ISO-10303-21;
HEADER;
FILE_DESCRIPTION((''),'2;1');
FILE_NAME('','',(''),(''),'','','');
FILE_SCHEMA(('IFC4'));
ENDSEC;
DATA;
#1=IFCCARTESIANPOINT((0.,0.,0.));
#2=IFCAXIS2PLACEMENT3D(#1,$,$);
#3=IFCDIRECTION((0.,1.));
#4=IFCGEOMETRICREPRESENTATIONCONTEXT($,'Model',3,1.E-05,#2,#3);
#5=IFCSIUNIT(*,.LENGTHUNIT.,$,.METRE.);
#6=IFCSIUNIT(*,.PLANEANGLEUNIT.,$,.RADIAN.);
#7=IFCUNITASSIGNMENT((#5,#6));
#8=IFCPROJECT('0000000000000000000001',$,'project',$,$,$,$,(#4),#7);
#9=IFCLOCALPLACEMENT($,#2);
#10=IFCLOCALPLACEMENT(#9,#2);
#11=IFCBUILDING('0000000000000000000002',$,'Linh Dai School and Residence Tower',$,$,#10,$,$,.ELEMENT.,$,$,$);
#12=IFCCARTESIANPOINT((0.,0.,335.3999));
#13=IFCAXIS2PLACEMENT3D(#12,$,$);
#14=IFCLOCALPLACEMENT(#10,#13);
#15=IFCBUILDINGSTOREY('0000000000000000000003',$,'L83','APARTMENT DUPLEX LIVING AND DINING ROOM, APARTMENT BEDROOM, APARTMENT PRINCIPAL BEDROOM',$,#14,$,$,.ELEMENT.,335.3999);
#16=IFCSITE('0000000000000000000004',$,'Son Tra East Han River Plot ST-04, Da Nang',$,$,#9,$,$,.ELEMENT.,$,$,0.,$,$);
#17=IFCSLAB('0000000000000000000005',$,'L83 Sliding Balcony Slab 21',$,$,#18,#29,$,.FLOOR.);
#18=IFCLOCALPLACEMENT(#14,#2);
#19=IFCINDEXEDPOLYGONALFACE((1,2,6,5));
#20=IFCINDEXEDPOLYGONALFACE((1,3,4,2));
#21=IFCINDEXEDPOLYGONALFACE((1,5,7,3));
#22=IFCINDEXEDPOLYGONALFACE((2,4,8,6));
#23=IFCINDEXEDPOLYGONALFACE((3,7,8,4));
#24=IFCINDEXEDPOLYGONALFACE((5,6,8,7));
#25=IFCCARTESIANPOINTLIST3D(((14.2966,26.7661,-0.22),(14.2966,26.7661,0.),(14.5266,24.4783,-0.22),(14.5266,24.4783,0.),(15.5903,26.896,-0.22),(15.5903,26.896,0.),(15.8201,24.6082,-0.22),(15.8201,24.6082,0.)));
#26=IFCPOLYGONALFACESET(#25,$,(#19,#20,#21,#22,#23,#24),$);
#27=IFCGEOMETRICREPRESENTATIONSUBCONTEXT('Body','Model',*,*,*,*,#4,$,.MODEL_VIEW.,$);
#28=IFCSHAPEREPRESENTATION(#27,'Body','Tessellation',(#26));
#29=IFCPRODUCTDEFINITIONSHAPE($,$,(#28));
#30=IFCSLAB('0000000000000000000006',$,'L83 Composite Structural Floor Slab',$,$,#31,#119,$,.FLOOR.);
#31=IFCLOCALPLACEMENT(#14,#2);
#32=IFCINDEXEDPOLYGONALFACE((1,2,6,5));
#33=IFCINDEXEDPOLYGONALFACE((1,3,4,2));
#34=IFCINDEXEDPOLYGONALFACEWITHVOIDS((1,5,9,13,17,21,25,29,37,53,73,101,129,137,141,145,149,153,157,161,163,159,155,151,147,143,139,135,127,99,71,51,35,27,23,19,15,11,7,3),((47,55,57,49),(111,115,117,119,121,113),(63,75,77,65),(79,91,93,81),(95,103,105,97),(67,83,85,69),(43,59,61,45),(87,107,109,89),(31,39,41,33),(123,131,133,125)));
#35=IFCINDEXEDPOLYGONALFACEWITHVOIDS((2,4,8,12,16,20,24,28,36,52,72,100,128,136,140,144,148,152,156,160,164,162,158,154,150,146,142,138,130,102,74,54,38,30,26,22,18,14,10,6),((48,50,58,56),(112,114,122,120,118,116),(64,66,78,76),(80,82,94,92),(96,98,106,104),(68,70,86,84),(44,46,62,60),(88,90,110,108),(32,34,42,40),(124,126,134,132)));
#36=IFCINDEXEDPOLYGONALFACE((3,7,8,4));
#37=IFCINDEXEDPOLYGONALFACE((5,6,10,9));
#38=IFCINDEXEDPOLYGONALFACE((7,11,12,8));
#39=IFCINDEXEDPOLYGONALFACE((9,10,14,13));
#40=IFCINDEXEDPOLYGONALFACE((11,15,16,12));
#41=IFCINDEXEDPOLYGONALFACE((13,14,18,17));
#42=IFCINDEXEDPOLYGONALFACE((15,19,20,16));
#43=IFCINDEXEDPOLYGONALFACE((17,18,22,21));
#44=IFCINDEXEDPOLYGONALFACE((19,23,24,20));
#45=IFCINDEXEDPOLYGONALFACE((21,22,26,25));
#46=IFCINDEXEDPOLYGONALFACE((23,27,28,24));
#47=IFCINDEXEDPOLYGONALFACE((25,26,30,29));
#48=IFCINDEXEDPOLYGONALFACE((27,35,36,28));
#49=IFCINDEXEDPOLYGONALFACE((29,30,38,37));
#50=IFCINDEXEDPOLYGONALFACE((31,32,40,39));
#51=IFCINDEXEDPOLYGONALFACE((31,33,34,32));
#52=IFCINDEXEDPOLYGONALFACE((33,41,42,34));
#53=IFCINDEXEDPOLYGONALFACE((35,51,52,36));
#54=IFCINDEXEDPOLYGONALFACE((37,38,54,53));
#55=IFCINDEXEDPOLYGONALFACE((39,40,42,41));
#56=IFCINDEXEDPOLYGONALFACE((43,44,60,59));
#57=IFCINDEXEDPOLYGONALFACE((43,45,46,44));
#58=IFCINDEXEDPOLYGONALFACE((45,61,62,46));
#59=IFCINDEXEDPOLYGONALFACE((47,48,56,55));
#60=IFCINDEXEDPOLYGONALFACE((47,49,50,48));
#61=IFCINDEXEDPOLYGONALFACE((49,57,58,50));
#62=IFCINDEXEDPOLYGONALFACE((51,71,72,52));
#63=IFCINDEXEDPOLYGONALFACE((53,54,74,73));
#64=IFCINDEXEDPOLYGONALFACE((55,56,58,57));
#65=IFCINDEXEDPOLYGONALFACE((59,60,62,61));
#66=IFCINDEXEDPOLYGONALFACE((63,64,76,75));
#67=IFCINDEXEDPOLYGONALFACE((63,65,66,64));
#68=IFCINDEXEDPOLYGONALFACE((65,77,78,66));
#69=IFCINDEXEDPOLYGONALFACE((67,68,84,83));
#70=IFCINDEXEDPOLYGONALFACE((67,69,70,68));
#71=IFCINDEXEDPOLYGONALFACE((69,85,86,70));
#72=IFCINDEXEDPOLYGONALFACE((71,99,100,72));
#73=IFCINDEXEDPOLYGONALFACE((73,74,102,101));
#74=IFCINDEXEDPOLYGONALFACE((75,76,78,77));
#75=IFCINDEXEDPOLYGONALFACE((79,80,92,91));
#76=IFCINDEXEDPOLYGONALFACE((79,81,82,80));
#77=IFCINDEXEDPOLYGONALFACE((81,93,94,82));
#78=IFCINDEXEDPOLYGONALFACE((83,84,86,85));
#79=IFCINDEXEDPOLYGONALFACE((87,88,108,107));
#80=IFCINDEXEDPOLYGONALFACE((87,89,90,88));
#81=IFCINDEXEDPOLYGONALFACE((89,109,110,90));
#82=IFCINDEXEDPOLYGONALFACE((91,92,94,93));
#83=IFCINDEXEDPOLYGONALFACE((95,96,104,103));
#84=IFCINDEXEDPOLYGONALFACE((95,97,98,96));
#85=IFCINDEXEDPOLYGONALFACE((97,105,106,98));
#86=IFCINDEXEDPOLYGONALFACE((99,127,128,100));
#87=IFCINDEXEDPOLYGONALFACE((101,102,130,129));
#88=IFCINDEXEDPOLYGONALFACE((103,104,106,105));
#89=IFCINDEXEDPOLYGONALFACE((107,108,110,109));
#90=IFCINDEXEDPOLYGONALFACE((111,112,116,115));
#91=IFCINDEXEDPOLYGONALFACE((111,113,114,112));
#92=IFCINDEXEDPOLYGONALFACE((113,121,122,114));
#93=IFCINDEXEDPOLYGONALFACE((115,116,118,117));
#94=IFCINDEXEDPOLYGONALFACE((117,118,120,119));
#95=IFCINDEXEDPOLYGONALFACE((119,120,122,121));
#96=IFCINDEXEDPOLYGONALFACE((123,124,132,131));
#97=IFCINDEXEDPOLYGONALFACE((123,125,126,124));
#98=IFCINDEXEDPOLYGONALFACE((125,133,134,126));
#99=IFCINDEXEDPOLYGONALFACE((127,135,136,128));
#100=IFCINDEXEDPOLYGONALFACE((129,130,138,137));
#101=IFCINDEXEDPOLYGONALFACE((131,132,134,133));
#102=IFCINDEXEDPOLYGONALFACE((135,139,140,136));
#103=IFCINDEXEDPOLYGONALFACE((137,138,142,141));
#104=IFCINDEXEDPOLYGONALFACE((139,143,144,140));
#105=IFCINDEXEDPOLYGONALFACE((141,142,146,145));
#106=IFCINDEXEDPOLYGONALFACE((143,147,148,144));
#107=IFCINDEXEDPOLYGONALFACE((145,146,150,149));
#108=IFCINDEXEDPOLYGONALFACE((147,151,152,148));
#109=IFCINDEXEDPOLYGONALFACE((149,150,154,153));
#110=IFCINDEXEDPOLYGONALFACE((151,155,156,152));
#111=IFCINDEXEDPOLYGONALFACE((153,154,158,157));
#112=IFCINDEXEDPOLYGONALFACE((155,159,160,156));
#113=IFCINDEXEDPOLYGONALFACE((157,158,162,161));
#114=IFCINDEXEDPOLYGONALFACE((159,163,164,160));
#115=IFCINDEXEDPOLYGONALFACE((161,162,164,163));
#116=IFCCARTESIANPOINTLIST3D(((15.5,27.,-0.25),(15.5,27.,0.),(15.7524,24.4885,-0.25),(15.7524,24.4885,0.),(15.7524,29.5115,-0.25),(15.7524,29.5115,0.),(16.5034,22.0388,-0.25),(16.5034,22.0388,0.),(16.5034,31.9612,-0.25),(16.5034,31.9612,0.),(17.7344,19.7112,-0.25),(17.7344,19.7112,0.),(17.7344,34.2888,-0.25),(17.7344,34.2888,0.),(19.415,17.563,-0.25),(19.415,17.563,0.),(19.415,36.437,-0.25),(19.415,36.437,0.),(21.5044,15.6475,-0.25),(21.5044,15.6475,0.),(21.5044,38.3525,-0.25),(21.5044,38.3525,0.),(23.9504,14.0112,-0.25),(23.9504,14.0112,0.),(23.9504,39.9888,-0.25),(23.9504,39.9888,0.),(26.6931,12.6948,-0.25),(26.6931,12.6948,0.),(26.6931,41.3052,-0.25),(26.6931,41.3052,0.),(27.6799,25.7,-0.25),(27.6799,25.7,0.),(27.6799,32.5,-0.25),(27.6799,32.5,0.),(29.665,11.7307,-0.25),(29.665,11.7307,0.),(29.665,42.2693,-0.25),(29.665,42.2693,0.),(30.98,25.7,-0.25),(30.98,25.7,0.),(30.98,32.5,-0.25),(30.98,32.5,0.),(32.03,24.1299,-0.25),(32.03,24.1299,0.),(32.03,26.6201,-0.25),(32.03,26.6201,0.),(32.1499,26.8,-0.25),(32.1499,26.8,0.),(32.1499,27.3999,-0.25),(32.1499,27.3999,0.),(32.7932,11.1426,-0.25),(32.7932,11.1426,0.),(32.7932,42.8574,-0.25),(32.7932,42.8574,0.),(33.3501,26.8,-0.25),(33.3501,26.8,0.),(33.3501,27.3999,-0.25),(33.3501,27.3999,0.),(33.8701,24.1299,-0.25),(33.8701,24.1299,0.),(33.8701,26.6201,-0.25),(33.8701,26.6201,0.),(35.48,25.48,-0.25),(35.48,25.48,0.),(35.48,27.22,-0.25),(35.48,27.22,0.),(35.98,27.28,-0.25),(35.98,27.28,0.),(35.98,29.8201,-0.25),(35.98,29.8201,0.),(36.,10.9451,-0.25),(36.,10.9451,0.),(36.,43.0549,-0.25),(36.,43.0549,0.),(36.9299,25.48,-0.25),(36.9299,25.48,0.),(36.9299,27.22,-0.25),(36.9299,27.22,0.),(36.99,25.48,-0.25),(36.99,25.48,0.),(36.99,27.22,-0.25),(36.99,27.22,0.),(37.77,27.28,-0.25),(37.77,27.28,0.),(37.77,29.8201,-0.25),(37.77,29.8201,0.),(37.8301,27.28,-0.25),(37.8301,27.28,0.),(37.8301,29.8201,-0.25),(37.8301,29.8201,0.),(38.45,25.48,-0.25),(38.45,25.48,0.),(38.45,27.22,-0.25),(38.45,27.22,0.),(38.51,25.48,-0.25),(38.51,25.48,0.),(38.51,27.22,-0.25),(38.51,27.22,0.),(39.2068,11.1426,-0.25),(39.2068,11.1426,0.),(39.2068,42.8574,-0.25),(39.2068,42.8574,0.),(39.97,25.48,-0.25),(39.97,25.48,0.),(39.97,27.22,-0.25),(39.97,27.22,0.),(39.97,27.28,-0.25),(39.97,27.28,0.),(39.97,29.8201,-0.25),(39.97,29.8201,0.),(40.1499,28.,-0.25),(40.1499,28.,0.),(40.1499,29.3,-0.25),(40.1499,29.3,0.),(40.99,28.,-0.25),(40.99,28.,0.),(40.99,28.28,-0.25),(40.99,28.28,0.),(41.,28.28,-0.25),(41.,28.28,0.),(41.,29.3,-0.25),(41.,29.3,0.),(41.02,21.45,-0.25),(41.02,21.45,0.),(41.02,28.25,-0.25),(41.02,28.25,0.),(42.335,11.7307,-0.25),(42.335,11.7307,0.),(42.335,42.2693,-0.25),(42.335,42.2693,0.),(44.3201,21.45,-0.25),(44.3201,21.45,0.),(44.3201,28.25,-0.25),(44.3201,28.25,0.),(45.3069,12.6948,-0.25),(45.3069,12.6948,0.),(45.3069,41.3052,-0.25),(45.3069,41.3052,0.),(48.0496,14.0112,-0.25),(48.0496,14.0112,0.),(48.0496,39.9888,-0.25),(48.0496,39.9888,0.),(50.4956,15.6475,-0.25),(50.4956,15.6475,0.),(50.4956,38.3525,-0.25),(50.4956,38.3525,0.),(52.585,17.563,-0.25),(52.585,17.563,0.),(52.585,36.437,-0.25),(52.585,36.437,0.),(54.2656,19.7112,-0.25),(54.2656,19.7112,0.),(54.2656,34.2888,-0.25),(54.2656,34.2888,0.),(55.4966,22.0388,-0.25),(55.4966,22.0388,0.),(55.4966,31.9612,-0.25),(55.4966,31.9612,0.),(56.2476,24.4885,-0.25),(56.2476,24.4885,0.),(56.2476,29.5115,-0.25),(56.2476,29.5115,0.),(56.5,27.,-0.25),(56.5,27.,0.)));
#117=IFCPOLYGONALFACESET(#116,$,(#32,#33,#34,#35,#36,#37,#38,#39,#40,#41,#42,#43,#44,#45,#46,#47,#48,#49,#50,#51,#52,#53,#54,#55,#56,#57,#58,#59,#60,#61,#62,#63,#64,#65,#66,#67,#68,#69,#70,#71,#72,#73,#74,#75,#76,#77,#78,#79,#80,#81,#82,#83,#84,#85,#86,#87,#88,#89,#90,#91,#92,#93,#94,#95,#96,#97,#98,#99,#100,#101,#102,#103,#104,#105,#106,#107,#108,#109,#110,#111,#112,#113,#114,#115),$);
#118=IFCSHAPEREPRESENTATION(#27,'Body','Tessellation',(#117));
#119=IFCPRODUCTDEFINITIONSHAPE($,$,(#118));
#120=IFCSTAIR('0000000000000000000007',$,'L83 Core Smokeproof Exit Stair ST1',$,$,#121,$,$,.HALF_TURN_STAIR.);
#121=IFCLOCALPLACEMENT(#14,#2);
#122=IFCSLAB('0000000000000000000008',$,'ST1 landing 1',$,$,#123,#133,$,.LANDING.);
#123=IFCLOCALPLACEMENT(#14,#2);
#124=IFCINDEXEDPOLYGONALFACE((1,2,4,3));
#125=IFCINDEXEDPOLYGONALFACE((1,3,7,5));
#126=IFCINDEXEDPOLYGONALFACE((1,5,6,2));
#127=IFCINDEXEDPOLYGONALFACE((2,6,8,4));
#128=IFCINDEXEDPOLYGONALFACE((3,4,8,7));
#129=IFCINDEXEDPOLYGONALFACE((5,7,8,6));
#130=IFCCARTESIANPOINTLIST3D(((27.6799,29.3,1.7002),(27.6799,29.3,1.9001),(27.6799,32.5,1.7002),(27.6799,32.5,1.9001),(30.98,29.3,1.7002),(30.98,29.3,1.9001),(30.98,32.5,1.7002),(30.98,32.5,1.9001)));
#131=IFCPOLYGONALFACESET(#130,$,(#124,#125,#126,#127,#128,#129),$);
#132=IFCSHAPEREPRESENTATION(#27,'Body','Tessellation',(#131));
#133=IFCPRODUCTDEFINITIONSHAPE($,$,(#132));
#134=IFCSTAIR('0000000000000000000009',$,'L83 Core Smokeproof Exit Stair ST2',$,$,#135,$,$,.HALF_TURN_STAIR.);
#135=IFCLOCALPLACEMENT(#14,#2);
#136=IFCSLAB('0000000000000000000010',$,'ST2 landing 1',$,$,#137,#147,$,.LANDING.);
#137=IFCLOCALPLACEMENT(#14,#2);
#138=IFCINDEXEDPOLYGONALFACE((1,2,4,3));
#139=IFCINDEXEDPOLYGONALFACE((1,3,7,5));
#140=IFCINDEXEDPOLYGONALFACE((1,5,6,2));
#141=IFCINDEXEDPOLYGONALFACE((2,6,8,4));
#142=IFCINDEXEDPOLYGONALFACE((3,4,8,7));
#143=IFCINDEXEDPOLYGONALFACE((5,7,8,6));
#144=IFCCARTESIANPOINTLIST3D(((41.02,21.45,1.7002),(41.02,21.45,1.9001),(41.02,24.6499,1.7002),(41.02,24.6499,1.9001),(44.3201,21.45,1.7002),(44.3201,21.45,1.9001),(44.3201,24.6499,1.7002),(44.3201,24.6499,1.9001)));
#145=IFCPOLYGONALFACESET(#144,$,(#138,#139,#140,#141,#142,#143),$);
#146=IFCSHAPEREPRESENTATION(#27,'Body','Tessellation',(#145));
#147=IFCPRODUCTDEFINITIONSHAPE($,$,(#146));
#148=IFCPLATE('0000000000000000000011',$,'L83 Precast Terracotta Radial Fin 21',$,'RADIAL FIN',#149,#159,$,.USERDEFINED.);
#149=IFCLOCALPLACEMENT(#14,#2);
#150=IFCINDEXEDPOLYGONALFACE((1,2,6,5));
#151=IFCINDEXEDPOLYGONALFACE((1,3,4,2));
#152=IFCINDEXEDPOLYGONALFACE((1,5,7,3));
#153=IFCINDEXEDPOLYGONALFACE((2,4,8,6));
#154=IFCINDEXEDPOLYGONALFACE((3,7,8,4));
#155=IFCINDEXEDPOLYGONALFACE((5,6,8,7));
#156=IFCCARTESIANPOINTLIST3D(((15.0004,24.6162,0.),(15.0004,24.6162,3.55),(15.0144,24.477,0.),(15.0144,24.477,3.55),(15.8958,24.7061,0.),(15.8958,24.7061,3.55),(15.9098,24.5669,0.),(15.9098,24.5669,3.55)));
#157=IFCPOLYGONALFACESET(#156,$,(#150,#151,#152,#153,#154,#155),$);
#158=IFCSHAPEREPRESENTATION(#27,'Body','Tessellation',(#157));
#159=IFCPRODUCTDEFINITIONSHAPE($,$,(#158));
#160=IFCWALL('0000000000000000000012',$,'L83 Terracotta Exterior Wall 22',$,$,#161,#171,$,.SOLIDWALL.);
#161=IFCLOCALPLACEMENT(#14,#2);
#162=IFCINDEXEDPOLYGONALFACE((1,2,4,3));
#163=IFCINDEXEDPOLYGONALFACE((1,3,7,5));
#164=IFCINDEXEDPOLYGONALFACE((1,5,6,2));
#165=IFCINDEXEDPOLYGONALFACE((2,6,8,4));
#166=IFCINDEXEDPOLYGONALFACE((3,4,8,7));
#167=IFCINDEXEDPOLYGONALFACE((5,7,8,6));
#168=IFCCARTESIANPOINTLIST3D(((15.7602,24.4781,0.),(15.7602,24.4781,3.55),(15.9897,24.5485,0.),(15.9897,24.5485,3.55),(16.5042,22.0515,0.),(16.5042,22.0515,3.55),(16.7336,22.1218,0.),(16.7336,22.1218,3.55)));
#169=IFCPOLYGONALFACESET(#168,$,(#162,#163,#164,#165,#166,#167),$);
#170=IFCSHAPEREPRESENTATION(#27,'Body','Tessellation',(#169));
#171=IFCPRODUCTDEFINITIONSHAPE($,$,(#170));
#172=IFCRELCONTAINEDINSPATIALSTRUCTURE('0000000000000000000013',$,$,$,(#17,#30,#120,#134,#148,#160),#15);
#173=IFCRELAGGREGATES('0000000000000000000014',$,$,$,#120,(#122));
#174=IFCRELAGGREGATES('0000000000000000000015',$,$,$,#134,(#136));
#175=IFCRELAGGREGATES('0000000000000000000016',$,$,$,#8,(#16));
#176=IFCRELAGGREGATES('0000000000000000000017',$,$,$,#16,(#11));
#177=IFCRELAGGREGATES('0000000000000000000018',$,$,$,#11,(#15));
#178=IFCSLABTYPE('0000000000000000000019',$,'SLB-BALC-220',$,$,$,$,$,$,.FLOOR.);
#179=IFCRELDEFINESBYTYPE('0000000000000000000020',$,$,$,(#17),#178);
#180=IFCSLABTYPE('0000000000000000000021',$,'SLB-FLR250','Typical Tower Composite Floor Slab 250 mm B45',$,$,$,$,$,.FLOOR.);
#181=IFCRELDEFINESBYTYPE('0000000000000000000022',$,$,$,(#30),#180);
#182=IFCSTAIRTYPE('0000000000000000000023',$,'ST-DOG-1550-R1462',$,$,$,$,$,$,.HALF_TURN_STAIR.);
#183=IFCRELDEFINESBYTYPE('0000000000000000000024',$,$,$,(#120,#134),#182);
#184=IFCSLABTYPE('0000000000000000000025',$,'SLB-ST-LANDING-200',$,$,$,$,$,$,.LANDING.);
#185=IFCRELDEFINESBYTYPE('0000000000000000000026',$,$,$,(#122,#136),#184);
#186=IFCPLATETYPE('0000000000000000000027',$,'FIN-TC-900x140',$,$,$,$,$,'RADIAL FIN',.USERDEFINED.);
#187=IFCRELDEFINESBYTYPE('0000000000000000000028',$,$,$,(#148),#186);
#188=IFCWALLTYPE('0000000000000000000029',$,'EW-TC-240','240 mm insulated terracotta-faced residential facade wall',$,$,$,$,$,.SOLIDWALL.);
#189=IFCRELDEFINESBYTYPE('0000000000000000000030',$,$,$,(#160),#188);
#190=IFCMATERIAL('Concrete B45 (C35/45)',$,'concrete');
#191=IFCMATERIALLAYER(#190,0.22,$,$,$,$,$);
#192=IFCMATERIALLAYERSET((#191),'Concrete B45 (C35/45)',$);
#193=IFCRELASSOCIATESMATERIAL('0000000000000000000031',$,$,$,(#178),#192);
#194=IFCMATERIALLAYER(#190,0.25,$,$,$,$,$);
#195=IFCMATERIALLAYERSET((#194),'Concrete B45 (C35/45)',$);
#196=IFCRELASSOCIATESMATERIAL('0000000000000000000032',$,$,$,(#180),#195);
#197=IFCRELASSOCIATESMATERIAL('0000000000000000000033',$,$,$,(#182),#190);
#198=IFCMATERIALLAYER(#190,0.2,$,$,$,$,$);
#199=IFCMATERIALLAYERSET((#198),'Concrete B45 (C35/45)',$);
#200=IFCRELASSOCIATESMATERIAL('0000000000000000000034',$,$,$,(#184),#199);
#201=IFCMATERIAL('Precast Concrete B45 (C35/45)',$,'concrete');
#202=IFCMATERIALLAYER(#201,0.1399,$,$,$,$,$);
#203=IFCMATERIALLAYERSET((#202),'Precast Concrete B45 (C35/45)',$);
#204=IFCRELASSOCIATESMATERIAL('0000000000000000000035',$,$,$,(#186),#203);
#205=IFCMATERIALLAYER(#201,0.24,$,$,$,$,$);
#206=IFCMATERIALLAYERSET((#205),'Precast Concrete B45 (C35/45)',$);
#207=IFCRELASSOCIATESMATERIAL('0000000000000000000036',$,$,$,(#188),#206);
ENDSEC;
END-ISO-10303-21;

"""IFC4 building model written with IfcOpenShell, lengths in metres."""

from ifc_helpers import new_model, si_unit, direction, frame, frame_2d, origin, origin_2d, place, context, subcontext, project, spatial, polyline, rectangle, outline, extrude, source, transform, mapped, material, layer, layer_set, type_object, element, aggregate, save


model = new_model("IFC4")

# Units and contexts
model_context = context("Model", 3, precision=1e-05, world=origin(), true_north=direction((0.0, 1.0)))
body_context = subcontext(model_context, "Body", "Model", "MODEL_VIEW")
ifc_project = project(units=[si_unit("LENGTHUNIT", "METRE"), si_unit("PLANEANGLEUNIT", "RADIAN")], contexts=[model_context])

# Site, building, storey
site_placement = place(None, origin())
site = spatial("IfcSite", under=ifc_project, at=site_placement, Name="Son Tra East Han River Plot ST-04, Da Nang", CompositionType="ELEMENT", RefElevation=0.0)
building_placement = place(site_placement, origin())
building = spatial("IfcBuilding", under=site, at=building_placement, Name="Linh Dai School and Residence Tower", CompositionType="ELEMENT")
storey_placement = place(building_placement, frame((0.0, 0.0, 335.3999)))
storey = spatial("IfcBuildingStorey", under=building, at=storey_placement, Name="L83", Description="APARTMENT DUPLEX LIVING AND DINING ROOM, APARTMENT BEDROOM, APARTMENT PRINCIPAL BEDROOM", CompositionType="ELEMENT", Elevation=335.3999)

# Slabs
ifc_material_1 = material(Name="Concrete B45 (C35/45)", Category="concrete")
ifc_layer_1 = layer(ifc_material_1, 0.22)
ifc_layer_set_1 = layer_set([ifc_layer_1], Name="Concrete B45 (C35/45)")
slab_type_1 = type_object("IfcSlabType", Name="SLB-BALC-220", PredefinedType="FLOOR", material=ifc_layer_set_1)
slab_1_placement = place(storey_placement, frame((0.0, 0.0, -0.22)))
element("IfcSlab", 1, at=slab_1_placement, inside=storey, type_object=slab_type_1, Name="L83 Sliding Balcony Slab 21", PredefinedType="FLOOR", context=body_context, shape_type="SweptSolid", body=[
    extrude(outline(polyline([(15.8201, 24.6082), (15.5903, 26.896), (14.2966, 26.7661), (14.5266, 24.4783), (15.8201, 24.6082)])), origin(), (0.0, 0.0, 1.0), 0.22),
])
ifc_layer_2 = layer(ifc_material_1, 0.25)
ifc_layer_set_2 = layer_set([ifc_layer_2], Name="Concrete B45 (C35/45)")
slab_type_2 = type_object("IfcSlabType", Name="SLB-FLR250", Description="Typical Tower Composite Floor Slab 250 mm B45", PredefinedType="FLOOR", material=ifc_layer_set_2)
slab_2_placement = place(storey_placement, frame((0.0, 0.0, -0.25)))
element("IfcSlab", 2, at=slab_2_placement, inside=storey, type_object=slab_type_2, Name="L83 Composite Structural Floor Slab", PredefinedType="FLOOR", context=body_context, shape_type="SweptSolid", body=[
    extrude(outline(polyline([(56.5, 27.0), (56.2476, 29.5115), (55.4966, 31.9612), (54.2656, 34.2888), (52.585, 36.437), (50.4956, 38.3525), (48.0496, 39.9888), (45.3069, 41.3052), (42.335, 42.2693), (39.2068, 42.8574), (36.0, 43.0549), (32.7932, 42.8574), (29.665, 42.2693), (26.6931, 41.3052), (23.9504, 39.9888), (21.5044, 38.3525), (19.415, 36.437), (17.7344, 34.2888), (16.5034, 31.9612), (15.7524, 29.5115), (15.5, 27.0), (15.7524, 24.4885), (16.5034, 22.0388), (17.7344, 19.7112), (19.415, 17.563), (21.5044, 15.6475), (23.9504, 14.0112), (26.6931, 12.6948), (29.665, 11.7307), (32.7932, 11.1426), (36.0, 10.9451), (39.2068, 11.1426), (42.335, 11.7307), (45.3069, 12.6948), (48.0496, 14.0112), (50.4956, 15.6475), (52.585, 17.563), (54.2656, 19.7112), (55.4966, 22.0388), (56.2476, 24.4885), (56.5, 27.0)]), holes=[polyline([(30.98, 25.7), (30.98, 32.5), (27.6799, 32.5), (27.6799, 25.7), (30.98, 25.7)]), polyline([(41.02, 28.25), (41.02, 21.45), (44.3201, 21.45), (44.3201, 28.25), (41.02, 28.25)]), polyline([(35.98, 27.28), (37.77, 27.28), (37.77, 29.8201), (35.98, 29.8201), (35.98, 27.28)]), polyline([(32.03, 24.1299), (33.8701, 24.1299), (33.8701, 26.6201), (32.03, 26.6201), (32.03, 24.1299)]), polyline([(37.8301, 27.28), (39.97, 27.28), (39.97, 29.8201), (37.8301, 29.8201), (37.8301, 27.28)]), polyline([(35.48, 25.48), (36.9299, 25.48), (36.9299, 27.22), (35.48, 27.22), (35.48, 25.48)]), polyline([(36.99, 25.48), (38.45, 25.48), (38.45, 27.22), (36.99, 27.22), (36.99, 25.48)]), polyline([(38.51, 25.48), (39.97, 25.48), (39.97, 27.22), (38.51, 27.22), (38.51, 25.48)]), polyline([(40.1499, 28.0), (40.1499, 29.3), (41.0, 29.3), (41.0, 28.28), (40.99, 28.28), (40.99, 28.0), (40.1499, 28.0)]), polyline([(32.1499, 26.8), (33.3501, 26.8), (33.3501, 27.3999), (32.1499, 27.3999), (32.1499, 26.8)])]), origin(), (0.0, 0.0, 1.0), 0.25),
])

# Stairs, slabs
stair_type = type_object("IfcStairType", Name="ST-DOG-1550-R1462", PredefinedType="HALF_TURN_STAIR", material=ifc_material_1)
stair_1_placement = place(storey_placement, origin())
stair_1 = element("IfcStair", 3, at=stair_1_placement, inside=storey, type_object=stair_type, Name="L83 Core Smokeproof Exit Stair ST1", PredefinedType="HALF_TURN_STAIR")
ifc_layer_3 = layer(ifc_material_1, 0.2)
ifc_layer_set_3 = layer_set([ifc_layer_3], Name="Concrete B45 (C35/45)")
slab_type_3 = type_object("IfcSlabType", Name="SLB-ST-LANDING-200", PredefinedType="LANDING", material=ifc_layer_set_3)
slab_3_placement = place(storey_placement, frame((0.0, 0.0, 1.7002)))
slab_3 = element("IfcSlab", 4, at=slab_3_placement, type_object=slab_type_3, Name="ST1 landing 1", PredefinedType="LANDING", context=body_context, shape_type="SweptSolid", body=[
    extrude(outline(polyline([(30.98, 29.3), (30.98, 32.5), (27.6799, 32.5), (27.6799, 29.3), (30.98, 29.3)])), origin(), (0.0, 0.0, 1.0), 0.2),
])
aggregate(stair_1, [slab_3])
stair_2_placement = place(storey_placement, origin())
stair_2 = element("IfcStair", 5, at=stair_2_placement, inside=storey, type_object=stair_type, Name="L83 Core Smokeproof Exit Stair ST2", PredefinedType="HALF_TURN_STAIR")
slab_4_placement = place(storey_placement, frame((0.0, 0.0, 1.7002)))
slab_4 = element("IfcSlab", 6, at=slab_4_placement, type_object=slab_type_3, Name="ST2 landing 1", PredefinedType="LANDING", context=body_context, shape_type="SweptSolid", body=[
    extrude(outline(polyline([(41.02, 24.6499), (41.02, 21.45), (44.3201, 21.45), (44.3201, 24.6499), (41.02, 24.6499)])), origin(), (0.0, 0.0, 1.0), 0.2),
])
aggregate(stair_2, [slab_4])

# Plate
ifc_material_2 = material(Name="Precast Concrete B45 (C35/45)", Category="concrete")
ifc_layer_4 = layer(ifc_material_2, 0.1399)
ifc_layer_set_4 = layer_set([ifc_layer_4], Name="Precast Concrete B45 (C35/45)")
plate_type = type_object("IfcPlateType", Name="FIN-TC-900x140", ElementType="RADIAL FIN", PredefinedType="USERDEFINED", material=ifc_layer_set_4)
shared_shape_1 = source(origin(), body_context, "Body", "SweptSolid", [
    extrude(rectangle(XDim=0.8999, YDim=0.1399, at=origin_2d()), origin(), (0.0, 0.0, 1.0), 3.55),
])
plate_placement = place(storey_placement, frame((15.4551, 24.5916, 0.0), z_axis=(0.0, 0.0, 1.0), x_axis=(-0.994988, -0.099992, 0.0)))
element("IfcPlate", 7, at=plate_placement, inside=storey, type_object=plate_type, Name="L83 Precast Terracotta Radial Fin 21", ObjectType="RADIAL FIN", PredefinedType="USERDEFINED", context=body_context, shape_type="MappedRepresentation", body=[
    mapped(shared_shape_1, transform((0.0, 0.0, 0.0), x_axis=(1.0, 0.0, 0.0), y_axis=(0.0, 1.0, 0.0), z_axis=(0.0, 0.0, 1.0), scale=1.0)),
])

# Shared definitions
ifc_layer_5 = layer(ifc_material_2, 0.24)
ifc_layer_set_5 = layer_set([ifc_layer_5], Name="Precast Concrete B45 (C35/45)")
wall_type_1 = type_object("IfcWallType", Name="EW-TC-240", Description="240 mm insulated terracotta-faced residential facade wall", PredefinedType="SOLIDWALL", material=ifc_layer_set_5)

# Wall
wall_1_placement = place(storey_placement, frame((16.6189, 22.0867, 0.0), z_axis=(0.0, 0.0, 1.0), x_axis=(-0.293106, 0.95608, 0.0)))
element("IfcWall", 8, at=wall_1_placement, inside=storey, type_object=wall_type_1, Name="L83 Terracotta Exterior Wall 22", PredefinedType="SOLIDWALL", context=body_context, shape_type="SweptSolid", body=[
    extrude(rectangle(XDim=2.5381, YDim=0.24, at=frame_2d((1.269, 0.0))), origin(), (0.0, 0.0, 1.0), 3.55),
])

save(model, "model.ifc")
